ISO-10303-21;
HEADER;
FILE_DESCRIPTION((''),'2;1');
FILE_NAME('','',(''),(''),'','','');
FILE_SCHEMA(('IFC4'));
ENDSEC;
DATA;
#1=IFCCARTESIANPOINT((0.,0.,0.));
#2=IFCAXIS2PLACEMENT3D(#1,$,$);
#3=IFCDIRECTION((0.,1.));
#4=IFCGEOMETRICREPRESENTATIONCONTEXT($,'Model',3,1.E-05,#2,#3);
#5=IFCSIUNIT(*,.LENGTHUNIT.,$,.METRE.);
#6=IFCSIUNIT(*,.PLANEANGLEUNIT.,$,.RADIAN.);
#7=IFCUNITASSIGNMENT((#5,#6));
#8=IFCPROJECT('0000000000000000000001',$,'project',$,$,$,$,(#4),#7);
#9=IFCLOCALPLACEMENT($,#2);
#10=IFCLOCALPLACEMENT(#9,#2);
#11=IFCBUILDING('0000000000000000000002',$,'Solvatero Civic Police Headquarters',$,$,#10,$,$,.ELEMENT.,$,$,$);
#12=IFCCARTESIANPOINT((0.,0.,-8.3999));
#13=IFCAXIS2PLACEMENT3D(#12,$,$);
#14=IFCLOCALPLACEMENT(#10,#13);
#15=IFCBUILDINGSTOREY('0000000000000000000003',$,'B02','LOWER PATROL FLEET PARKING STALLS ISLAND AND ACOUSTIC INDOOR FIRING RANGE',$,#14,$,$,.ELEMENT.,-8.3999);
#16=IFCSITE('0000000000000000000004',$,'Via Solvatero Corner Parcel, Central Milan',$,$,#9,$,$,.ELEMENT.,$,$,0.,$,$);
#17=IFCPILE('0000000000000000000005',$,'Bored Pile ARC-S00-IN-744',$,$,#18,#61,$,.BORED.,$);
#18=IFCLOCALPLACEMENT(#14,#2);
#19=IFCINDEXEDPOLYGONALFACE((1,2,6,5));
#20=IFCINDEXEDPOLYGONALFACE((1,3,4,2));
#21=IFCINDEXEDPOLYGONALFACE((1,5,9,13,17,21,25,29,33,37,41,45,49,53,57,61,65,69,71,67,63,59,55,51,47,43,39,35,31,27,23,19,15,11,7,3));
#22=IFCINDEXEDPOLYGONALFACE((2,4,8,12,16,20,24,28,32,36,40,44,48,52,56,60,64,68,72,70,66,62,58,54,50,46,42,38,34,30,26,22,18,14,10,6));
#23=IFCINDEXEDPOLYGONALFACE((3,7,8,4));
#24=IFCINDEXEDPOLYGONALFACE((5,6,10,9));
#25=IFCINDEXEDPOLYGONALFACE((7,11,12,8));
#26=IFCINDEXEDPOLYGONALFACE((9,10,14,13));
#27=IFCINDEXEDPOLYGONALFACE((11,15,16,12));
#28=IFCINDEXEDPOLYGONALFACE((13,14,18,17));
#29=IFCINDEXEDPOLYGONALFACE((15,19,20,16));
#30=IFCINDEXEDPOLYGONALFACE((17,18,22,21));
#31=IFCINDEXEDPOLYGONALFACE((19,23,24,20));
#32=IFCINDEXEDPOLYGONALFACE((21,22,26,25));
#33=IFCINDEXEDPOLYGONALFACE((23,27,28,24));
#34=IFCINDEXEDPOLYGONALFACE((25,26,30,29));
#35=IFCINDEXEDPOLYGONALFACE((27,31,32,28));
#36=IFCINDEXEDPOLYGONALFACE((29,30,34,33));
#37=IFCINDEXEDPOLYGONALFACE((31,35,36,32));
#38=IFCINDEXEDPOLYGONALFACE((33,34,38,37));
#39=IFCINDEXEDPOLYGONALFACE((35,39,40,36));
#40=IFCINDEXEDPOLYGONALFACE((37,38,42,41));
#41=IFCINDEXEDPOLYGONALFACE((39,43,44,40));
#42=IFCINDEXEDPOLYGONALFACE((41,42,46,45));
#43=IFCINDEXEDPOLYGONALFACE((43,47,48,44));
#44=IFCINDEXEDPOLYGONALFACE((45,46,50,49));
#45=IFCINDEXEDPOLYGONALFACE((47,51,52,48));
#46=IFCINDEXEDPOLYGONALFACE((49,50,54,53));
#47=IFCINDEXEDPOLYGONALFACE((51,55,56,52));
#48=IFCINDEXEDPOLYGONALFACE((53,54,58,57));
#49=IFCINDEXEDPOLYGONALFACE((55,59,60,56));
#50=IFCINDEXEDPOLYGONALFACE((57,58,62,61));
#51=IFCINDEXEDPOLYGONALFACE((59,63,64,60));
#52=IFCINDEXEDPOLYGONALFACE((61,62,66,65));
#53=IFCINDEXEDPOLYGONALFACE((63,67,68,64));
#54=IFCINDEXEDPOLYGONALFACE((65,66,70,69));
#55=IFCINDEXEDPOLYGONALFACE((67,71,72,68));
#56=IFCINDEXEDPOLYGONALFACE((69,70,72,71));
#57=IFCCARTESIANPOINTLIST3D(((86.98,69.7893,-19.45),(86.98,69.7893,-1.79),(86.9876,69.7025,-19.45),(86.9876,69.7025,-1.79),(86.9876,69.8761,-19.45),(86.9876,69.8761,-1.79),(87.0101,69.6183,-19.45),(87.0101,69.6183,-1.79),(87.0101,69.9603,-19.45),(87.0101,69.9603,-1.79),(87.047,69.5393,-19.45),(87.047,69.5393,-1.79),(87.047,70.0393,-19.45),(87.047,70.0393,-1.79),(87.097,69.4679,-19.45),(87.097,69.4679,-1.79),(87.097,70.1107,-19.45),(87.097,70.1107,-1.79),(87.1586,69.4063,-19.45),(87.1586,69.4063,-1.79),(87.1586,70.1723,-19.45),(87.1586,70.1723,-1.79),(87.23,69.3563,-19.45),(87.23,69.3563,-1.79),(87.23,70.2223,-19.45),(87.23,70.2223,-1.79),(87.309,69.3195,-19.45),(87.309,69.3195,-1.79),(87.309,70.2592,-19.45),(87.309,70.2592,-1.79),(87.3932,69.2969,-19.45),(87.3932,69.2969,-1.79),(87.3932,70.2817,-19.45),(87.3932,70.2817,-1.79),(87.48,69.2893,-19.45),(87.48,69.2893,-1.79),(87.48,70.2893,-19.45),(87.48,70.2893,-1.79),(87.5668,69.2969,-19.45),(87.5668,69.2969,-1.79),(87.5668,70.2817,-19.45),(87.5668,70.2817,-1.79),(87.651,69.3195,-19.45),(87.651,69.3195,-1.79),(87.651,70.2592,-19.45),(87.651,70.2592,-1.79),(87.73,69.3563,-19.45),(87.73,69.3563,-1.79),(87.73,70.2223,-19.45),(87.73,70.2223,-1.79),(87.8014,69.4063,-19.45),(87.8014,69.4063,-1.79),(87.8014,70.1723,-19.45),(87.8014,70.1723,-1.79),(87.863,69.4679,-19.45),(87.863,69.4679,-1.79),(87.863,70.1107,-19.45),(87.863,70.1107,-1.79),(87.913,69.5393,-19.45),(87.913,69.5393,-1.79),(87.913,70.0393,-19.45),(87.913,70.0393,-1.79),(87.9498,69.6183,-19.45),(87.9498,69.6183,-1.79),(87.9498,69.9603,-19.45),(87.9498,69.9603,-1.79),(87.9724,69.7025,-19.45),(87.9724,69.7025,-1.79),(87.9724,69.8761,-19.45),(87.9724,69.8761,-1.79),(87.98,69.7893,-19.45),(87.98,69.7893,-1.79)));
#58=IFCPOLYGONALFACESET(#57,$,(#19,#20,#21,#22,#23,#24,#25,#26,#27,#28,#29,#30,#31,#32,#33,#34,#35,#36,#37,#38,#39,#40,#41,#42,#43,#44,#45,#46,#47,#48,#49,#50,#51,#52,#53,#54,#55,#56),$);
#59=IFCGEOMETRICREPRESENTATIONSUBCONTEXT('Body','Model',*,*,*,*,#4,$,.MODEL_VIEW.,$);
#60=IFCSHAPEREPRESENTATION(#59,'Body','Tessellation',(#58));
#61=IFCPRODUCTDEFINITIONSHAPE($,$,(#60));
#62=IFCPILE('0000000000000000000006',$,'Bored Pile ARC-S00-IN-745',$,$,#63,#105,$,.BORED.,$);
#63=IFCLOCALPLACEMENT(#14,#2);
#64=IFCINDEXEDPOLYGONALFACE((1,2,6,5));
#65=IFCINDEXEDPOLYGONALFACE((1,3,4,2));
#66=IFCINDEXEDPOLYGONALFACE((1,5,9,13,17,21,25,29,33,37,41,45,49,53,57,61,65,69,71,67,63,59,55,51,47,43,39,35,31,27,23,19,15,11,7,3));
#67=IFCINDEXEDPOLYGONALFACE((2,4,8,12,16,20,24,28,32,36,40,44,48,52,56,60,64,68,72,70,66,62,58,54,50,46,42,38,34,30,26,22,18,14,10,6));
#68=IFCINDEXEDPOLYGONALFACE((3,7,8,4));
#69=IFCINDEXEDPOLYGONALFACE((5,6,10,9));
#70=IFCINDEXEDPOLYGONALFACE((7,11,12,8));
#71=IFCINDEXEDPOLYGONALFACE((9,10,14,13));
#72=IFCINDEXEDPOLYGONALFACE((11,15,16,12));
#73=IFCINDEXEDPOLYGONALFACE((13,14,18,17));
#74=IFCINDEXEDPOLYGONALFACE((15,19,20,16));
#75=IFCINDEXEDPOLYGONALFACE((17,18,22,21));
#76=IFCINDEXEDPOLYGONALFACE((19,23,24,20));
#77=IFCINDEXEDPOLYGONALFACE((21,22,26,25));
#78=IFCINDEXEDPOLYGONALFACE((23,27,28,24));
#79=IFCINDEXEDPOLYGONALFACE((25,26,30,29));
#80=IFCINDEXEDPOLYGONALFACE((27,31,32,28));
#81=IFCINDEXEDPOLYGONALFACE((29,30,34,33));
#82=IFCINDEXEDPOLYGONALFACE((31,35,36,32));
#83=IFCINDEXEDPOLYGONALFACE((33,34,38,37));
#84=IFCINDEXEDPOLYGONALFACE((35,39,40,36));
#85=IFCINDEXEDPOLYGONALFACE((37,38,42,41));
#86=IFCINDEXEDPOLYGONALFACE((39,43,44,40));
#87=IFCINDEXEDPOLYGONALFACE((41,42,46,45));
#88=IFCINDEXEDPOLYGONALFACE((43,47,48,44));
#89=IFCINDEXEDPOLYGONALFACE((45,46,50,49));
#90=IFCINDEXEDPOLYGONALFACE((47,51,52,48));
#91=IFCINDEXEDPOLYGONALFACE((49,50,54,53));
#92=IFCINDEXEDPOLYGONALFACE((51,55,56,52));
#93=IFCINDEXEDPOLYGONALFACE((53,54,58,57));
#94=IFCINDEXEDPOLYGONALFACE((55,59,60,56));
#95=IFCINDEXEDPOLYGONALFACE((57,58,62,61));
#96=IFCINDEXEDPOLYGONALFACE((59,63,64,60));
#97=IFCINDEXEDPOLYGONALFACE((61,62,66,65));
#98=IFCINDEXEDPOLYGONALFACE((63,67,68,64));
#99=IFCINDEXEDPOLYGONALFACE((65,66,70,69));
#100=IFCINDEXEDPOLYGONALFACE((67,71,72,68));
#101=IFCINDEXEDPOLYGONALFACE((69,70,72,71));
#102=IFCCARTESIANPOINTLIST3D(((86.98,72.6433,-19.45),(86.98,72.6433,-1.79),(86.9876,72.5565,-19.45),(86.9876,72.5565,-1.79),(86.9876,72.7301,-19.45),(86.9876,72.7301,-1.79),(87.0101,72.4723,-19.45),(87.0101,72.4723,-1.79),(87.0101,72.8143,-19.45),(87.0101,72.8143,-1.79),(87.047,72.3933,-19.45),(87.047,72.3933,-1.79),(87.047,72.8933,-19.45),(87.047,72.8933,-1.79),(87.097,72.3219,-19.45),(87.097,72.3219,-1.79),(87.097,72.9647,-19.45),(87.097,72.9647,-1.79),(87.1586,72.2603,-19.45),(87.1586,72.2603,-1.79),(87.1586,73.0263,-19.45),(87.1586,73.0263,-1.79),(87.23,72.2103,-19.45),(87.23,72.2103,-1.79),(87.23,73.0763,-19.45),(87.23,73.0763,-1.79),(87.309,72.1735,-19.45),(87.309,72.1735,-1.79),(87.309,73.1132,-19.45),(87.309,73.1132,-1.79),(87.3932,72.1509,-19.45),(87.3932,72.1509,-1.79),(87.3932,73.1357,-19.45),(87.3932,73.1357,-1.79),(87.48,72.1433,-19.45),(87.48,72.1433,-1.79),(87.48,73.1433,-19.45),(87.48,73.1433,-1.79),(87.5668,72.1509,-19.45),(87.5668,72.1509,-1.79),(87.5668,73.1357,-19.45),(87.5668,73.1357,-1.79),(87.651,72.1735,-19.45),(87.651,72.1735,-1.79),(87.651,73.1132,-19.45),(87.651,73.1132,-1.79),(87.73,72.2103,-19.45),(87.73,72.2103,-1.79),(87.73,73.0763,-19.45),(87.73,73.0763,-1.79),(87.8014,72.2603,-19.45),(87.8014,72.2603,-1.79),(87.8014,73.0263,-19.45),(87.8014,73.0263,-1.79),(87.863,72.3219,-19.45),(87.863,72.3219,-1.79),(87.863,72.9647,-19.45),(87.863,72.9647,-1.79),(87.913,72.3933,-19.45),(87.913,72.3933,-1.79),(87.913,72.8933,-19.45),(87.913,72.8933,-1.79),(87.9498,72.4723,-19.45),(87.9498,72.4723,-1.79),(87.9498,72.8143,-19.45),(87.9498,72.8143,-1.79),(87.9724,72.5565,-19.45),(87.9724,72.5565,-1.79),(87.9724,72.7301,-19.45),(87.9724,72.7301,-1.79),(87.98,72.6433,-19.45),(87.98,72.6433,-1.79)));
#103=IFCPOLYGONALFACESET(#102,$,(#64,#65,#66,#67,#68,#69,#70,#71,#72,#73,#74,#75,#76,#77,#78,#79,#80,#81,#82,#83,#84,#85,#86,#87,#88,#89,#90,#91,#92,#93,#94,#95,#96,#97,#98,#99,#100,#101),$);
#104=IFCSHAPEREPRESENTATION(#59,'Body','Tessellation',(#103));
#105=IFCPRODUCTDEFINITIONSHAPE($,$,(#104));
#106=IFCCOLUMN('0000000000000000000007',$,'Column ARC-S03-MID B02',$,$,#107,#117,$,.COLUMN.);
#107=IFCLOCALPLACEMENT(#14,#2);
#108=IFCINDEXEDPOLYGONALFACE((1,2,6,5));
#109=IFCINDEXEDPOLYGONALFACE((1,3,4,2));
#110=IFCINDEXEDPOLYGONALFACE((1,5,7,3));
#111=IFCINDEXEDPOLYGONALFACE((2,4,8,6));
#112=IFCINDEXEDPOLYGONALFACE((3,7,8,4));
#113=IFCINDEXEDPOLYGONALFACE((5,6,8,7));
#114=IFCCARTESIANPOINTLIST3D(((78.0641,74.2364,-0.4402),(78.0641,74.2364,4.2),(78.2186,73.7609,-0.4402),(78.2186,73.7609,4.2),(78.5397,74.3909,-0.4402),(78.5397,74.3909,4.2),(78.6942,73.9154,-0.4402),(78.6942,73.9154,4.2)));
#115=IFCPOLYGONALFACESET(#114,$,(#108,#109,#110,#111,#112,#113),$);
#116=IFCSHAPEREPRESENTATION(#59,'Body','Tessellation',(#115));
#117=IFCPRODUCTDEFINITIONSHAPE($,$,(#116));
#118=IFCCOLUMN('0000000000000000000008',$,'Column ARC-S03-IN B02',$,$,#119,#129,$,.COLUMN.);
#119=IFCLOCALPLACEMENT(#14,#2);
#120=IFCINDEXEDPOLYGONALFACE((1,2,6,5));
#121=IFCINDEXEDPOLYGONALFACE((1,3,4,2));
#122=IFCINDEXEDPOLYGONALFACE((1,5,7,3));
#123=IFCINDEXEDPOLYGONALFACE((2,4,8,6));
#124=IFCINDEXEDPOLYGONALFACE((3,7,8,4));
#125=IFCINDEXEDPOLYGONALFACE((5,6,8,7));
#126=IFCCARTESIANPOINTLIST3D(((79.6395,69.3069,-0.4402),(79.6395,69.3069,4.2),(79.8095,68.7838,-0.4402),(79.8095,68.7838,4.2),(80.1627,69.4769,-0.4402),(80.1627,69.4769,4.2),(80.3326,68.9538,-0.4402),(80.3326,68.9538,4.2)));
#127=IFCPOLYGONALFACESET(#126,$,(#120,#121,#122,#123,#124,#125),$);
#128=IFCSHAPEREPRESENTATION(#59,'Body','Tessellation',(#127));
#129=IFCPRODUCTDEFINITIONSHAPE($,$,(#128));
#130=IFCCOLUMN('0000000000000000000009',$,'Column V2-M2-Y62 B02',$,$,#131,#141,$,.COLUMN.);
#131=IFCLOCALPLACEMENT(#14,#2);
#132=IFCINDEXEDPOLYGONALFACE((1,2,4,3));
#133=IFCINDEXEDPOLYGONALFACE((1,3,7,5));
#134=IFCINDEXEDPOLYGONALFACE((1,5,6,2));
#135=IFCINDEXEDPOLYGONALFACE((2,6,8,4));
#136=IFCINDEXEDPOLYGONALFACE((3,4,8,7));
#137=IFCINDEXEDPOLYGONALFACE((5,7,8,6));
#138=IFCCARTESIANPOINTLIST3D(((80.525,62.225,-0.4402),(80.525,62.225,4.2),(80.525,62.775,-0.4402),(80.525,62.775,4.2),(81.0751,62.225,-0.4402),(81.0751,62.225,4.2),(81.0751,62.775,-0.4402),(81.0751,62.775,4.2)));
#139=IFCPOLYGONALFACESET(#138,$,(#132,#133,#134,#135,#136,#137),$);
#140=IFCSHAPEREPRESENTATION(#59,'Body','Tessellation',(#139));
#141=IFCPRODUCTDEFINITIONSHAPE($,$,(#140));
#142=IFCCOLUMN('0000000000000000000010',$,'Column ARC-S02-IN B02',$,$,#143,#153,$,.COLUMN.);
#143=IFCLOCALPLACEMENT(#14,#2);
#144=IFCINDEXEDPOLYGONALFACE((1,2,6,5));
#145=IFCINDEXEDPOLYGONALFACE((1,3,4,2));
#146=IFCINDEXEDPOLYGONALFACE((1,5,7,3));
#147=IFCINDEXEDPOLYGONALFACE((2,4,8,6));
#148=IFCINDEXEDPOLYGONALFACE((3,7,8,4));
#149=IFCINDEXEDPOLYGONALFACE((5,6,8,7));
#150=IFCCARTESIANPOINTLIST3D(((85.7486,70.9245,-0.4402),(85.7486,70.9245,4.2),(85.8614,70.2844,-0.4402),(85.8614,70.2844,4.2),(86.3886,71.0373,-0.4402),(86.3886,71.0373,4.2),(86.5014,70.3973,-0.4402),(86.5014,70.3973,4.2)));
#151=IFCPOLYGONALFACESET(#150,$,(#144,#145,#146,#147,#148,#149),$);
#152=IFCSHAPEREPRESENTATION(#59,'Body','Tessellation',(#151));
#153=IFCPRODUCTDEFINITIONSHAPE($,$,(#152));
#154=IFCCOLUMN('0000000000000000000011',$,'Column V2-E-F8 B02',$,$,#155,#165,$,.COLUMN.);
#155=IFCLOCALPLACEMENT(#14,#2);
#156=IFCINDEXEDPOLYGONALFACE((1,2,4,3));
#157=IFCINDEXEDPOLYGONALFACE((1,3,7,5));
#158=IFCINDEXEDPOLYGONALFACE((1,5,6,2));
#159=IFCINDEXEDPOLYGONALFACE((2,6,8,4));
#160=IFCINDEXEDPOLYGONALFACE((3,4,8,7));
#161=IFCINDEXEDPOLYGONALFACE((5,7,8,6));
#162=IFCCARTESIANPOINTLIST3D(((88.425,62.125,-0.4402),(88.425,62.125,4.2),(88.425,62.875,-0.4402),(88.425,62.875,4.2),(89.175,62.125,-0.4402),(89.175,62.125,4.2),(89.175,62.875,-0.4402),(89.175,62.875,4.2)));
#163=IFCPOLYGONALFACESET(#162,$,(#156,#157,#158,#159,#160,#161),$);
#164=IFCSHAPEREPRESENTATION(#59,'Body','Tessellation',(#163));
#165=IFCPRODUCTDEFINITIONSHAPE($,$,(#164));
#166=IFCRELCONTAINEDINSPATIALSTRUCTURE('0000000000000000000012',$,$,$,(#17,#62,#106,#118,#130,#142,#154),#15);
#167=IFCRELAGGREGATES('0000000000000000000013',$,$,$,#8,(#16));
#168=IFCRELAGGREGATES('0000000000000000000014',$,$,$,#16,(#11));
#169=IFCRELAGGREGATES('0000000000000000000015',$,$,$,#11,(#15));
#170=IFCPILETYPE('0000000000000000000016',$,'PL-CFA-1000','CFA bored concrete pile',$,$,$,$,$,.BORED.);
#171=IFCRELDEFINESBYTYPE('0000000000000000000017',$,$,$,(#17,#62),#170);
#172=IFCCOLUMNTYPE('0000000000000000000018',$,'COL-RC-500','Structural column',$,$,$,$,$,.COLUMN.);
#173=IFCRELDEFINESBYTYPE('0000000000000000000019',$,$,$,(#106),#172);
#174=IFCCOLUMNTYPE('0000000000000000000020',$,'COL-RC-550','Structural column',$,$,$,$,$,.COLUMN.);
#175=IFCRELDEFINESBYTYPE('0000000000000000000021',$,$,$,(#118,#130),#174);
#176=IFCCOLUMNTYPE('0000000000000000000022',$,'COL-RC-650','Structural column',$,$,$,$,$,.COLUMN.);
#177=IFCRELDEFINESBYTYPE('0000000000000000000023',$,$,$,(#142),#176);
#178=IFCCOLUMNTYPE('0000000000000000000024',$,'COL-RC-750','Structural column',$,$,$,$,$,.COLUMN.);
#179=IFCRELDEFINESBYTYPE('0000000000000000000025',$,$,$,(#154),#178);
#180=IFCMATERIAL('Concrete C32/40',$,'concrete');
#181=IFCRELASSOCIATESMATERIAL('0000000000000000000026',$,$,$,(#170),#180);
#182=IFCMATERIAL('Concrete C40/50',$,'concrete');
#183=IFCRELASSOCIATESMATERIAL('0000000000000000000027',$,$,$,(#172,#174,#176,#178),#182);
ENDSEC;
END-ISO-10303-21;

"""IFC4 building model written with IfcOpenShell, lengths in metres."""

from ifc_helpers import new_model, si_unit, direction, frame, origin, origin_2d, place, context, subcontext, project, spatial, rectangle, circle, extrude, material, material_profile, profile_set, type_object, element, save


model = new_model("IFC4")

# Units and contexts
model_context = context("Model", 3, precision=1e-05, world=origin(), true_north=direction((0.0, 1.0)))
body_context = subcontext(model_context, "Body", "Model", "MODEL_VIEW")
ifc_project = project(units=[si_unit("LENGTHUNIT", "METRE"), si_unit("PLANEANGLEUNIT", "RADIAN")], contexts=[model_context])

# Site, building, storey
site_placement = place(None, origin())
site = spatial("IfcSite", under=ifc_project, at=site_placement, Name="Via Solvatero Corner Parcel, Central Milan", CompositionType="ELEMENT", RefElevation=0.0)
building_placement = place(site_placement, origin())
building = spatial("IfcBuilding", under=site, at=building_placement, Name="Solvatero Civic Police Headquarters", CompositionType="ELEMENT")
storey_placement = place(building_placement, frame((0.0, 0.0, -8.3999)))
storey = spatial("IfcBuildingStorey", under=building, at=storey_placement, Name="B02", Description="LOWER PATROL FLEET PARKING STALLS ISLAND AND ACOUSTIC INDOOR FIRING RANGE", CompositionType="ELEMENT", Elevation=-8.3999)

# Piles
ifc_material_1 = material(Name="Concrete C32/40", Category="concrete")
ifc_material_profile_1 = material_profile(ifc_material_1, circle(Radius=0.5, at=origin_2d()), Name="CFA PILE D1000")
ifc_profile_set_1 = profile_set([ifc_material_profile_1], Name="Concrete C32/40")
pile_type = type_object("IfcPileType", Name="PL-CFA-1000", Description="CFA bored concrete pile", PredefinedType="BORED", material=ifc_profile_set_1)
for number, where, z_axis, x_axis, name in (
    (1, (87.48, 69.7893, -1.79), (0.0, 0.0, -1.0), (1.0, 0.0, 0.0), "Bored Pile ARC-S00-IN-744"),
    (2, (87.48, 72.6433, -1.79), (0.0, 0.0, -1.0), (1.0, 0.0, 0.0), "Bored Pile ARC-S00-IN-745"),
):
    element("IfcPile", number, at=place(storey_placement, frame(where, z_axis=z_axis, x_axis=x_axis)), inside=storey, type_object=pile_type, Name=name, PredefinedType="BORED", context=body_context, shape_type="SweptSolid", body=[
        extrude(circle(Radius=0.5, at=origin_2d()), origin(), (0.0, 0.0, 1.0), 17.6599),
    ])

# Columns
ifc_material_2 = material(Name="Concrete C40/50", Category="concrete")
ifc_material_profile_2 = material_profile(ifc_material_2, rectangle(XDim=0.5, YDim=0.5, at=origin_2d()), Name="RC 500x500")
ifc_profile_set_2 = profile_set([ifc_material_profile_2], Name="Concrete C40/50")
column_type_1 = type_object("IfcColumnType", Name="COL-RC-500", Description="Structural column", PredefinedType="COLUMN", material=ifc_profile_set_2)
column_1_placement = place(storey_placement, frame((78.3792, 74.0759, -0.4402), z_axis=(0.0, 0.0, 1.0), x_axis=(0.951057, 0.309017, 0.0)))
element("IfcColumn", 3, at=column_1_placement, inside=storey, type_object=column_type_1, Name="Column ARC-S03-MID B02", PredefinedType="COLUMN", context=body_context, shape_type="SweptSolid", body=[
    extrude(rectangle(XDim=0.5, YDim=0.5, at=origin_2d()), origin(), (0.0, 0.0, 1.0), 4.6401),
])
ifc_material_profile_3 = material_profile(ifc_material_2, rectangle(XDim=0.55, YDim=0.55, at=origin_2d()), Name="RC 550x550")
ifc_profile_set_3 = profile_set([ifc_material_profile_3], Name="Concrete C40/50")
column_type_2 = type_object("IfcColumnType", Name="COL-RC-550", Description="Structural column", PredefinedType="COLUMN", material=ifc_profile_set_3)
for number, where, z_axis, x_axis, name in (
    (4, (79.9861, 69.1304, -0.4402), (0.0, 0.0, 1.0), (0.951057, 0.309017, 0.0), "Column ARC-S03-IN B02"),
    (5, (80.8, 62.5, -0.4402), (0.0, 0.0, 1.0), (1.0, 0.0, 0.0), "Column V2-M2-Y62 B02"),
):
    element("IfcColumn", number, at=place(storey_placement, frame(where, z_axis=z_axis, x_axis=x_axis)), inside=storey, type_object=column_type_2, Name=name, PredefinedType="COLUMN", context=body_context, shape_type="SweptSolid", body=[
        extrude(rectangle(XDim=0.55, YDim=0.55, at=origin_2d()), origin(), (0.0, 0.0, 1.0), 4.6401),
    ])
ifc_material_profile_4 = material_profile(ifc_material_2, rectangle(XDim=0.6499, YDim=0.6499, at=origin_2d()), Name="RC 650x650")
ifc_profile_set_4 = profile_set([ifc_material_profile_4], Name="Concrete C40/50")
column_type_3 = type_object("IfcColumnType", Name="COL-RC-650", Description="Structural column", PredefinedType="COLUMN", material=ifc_profile_set_4)
column_2_placement = place(storey_placement, frame((86.125, 70.6609, -0.4402), z_axis=(0.0, 0.0, 1.0), x_axis=(0.984808, 0.173648, 0.0)))
element("IfcColumn", 6, at=column_2_placement, inside=storey, type_object=column_type_3, Name="Column ARC-S02-IN B02", PredefinedType="COLUMN", context=body_context, shape_type="SweptSolid", body=[
    extrude(rectangle(XDim=0.6499, YDim=0.6499, at=origin_2d()), origin(), (0.0, 0.0, 1.0), 4.6401),
])
ifc_material_profile_5 = material_profile(ifc_material_2, rectangle(XDim=0.75, YDim=0.75, at=origin_2d()), Name="RC 750x750")
ifc_profile_set_5 = profile_set([ifc_material_profile_5], Name="Concrete C40/50")
column_type_4 = type_object("IfcColumnType", Name="COL-RC-750", Description="Structural column", PredefinedType="COLUMN", material=ifc_profile_set_5)
column_3_placement = place(storey_placement, frame((88.8, 62.5, -0.4402), z_axis=(0.0, 0.0, 1.0), x_axis=(1.0, 0.0, 0.0)))
element("IfcColumn", 7, at=column_3_placement, inside=storey, type_object=column_type_4, Name="Column V2-E-F8 B02", PredefinedType="COLUMN", context=body_context, shape_type="SweptSolid", body=[
    extrude(rectangle(XDim=0.75, YDim=0.75, at=origin_2d()), origin(), (0.0, 0.0, 1.0), 4.6401),
])

save(model, "model.ifc")
